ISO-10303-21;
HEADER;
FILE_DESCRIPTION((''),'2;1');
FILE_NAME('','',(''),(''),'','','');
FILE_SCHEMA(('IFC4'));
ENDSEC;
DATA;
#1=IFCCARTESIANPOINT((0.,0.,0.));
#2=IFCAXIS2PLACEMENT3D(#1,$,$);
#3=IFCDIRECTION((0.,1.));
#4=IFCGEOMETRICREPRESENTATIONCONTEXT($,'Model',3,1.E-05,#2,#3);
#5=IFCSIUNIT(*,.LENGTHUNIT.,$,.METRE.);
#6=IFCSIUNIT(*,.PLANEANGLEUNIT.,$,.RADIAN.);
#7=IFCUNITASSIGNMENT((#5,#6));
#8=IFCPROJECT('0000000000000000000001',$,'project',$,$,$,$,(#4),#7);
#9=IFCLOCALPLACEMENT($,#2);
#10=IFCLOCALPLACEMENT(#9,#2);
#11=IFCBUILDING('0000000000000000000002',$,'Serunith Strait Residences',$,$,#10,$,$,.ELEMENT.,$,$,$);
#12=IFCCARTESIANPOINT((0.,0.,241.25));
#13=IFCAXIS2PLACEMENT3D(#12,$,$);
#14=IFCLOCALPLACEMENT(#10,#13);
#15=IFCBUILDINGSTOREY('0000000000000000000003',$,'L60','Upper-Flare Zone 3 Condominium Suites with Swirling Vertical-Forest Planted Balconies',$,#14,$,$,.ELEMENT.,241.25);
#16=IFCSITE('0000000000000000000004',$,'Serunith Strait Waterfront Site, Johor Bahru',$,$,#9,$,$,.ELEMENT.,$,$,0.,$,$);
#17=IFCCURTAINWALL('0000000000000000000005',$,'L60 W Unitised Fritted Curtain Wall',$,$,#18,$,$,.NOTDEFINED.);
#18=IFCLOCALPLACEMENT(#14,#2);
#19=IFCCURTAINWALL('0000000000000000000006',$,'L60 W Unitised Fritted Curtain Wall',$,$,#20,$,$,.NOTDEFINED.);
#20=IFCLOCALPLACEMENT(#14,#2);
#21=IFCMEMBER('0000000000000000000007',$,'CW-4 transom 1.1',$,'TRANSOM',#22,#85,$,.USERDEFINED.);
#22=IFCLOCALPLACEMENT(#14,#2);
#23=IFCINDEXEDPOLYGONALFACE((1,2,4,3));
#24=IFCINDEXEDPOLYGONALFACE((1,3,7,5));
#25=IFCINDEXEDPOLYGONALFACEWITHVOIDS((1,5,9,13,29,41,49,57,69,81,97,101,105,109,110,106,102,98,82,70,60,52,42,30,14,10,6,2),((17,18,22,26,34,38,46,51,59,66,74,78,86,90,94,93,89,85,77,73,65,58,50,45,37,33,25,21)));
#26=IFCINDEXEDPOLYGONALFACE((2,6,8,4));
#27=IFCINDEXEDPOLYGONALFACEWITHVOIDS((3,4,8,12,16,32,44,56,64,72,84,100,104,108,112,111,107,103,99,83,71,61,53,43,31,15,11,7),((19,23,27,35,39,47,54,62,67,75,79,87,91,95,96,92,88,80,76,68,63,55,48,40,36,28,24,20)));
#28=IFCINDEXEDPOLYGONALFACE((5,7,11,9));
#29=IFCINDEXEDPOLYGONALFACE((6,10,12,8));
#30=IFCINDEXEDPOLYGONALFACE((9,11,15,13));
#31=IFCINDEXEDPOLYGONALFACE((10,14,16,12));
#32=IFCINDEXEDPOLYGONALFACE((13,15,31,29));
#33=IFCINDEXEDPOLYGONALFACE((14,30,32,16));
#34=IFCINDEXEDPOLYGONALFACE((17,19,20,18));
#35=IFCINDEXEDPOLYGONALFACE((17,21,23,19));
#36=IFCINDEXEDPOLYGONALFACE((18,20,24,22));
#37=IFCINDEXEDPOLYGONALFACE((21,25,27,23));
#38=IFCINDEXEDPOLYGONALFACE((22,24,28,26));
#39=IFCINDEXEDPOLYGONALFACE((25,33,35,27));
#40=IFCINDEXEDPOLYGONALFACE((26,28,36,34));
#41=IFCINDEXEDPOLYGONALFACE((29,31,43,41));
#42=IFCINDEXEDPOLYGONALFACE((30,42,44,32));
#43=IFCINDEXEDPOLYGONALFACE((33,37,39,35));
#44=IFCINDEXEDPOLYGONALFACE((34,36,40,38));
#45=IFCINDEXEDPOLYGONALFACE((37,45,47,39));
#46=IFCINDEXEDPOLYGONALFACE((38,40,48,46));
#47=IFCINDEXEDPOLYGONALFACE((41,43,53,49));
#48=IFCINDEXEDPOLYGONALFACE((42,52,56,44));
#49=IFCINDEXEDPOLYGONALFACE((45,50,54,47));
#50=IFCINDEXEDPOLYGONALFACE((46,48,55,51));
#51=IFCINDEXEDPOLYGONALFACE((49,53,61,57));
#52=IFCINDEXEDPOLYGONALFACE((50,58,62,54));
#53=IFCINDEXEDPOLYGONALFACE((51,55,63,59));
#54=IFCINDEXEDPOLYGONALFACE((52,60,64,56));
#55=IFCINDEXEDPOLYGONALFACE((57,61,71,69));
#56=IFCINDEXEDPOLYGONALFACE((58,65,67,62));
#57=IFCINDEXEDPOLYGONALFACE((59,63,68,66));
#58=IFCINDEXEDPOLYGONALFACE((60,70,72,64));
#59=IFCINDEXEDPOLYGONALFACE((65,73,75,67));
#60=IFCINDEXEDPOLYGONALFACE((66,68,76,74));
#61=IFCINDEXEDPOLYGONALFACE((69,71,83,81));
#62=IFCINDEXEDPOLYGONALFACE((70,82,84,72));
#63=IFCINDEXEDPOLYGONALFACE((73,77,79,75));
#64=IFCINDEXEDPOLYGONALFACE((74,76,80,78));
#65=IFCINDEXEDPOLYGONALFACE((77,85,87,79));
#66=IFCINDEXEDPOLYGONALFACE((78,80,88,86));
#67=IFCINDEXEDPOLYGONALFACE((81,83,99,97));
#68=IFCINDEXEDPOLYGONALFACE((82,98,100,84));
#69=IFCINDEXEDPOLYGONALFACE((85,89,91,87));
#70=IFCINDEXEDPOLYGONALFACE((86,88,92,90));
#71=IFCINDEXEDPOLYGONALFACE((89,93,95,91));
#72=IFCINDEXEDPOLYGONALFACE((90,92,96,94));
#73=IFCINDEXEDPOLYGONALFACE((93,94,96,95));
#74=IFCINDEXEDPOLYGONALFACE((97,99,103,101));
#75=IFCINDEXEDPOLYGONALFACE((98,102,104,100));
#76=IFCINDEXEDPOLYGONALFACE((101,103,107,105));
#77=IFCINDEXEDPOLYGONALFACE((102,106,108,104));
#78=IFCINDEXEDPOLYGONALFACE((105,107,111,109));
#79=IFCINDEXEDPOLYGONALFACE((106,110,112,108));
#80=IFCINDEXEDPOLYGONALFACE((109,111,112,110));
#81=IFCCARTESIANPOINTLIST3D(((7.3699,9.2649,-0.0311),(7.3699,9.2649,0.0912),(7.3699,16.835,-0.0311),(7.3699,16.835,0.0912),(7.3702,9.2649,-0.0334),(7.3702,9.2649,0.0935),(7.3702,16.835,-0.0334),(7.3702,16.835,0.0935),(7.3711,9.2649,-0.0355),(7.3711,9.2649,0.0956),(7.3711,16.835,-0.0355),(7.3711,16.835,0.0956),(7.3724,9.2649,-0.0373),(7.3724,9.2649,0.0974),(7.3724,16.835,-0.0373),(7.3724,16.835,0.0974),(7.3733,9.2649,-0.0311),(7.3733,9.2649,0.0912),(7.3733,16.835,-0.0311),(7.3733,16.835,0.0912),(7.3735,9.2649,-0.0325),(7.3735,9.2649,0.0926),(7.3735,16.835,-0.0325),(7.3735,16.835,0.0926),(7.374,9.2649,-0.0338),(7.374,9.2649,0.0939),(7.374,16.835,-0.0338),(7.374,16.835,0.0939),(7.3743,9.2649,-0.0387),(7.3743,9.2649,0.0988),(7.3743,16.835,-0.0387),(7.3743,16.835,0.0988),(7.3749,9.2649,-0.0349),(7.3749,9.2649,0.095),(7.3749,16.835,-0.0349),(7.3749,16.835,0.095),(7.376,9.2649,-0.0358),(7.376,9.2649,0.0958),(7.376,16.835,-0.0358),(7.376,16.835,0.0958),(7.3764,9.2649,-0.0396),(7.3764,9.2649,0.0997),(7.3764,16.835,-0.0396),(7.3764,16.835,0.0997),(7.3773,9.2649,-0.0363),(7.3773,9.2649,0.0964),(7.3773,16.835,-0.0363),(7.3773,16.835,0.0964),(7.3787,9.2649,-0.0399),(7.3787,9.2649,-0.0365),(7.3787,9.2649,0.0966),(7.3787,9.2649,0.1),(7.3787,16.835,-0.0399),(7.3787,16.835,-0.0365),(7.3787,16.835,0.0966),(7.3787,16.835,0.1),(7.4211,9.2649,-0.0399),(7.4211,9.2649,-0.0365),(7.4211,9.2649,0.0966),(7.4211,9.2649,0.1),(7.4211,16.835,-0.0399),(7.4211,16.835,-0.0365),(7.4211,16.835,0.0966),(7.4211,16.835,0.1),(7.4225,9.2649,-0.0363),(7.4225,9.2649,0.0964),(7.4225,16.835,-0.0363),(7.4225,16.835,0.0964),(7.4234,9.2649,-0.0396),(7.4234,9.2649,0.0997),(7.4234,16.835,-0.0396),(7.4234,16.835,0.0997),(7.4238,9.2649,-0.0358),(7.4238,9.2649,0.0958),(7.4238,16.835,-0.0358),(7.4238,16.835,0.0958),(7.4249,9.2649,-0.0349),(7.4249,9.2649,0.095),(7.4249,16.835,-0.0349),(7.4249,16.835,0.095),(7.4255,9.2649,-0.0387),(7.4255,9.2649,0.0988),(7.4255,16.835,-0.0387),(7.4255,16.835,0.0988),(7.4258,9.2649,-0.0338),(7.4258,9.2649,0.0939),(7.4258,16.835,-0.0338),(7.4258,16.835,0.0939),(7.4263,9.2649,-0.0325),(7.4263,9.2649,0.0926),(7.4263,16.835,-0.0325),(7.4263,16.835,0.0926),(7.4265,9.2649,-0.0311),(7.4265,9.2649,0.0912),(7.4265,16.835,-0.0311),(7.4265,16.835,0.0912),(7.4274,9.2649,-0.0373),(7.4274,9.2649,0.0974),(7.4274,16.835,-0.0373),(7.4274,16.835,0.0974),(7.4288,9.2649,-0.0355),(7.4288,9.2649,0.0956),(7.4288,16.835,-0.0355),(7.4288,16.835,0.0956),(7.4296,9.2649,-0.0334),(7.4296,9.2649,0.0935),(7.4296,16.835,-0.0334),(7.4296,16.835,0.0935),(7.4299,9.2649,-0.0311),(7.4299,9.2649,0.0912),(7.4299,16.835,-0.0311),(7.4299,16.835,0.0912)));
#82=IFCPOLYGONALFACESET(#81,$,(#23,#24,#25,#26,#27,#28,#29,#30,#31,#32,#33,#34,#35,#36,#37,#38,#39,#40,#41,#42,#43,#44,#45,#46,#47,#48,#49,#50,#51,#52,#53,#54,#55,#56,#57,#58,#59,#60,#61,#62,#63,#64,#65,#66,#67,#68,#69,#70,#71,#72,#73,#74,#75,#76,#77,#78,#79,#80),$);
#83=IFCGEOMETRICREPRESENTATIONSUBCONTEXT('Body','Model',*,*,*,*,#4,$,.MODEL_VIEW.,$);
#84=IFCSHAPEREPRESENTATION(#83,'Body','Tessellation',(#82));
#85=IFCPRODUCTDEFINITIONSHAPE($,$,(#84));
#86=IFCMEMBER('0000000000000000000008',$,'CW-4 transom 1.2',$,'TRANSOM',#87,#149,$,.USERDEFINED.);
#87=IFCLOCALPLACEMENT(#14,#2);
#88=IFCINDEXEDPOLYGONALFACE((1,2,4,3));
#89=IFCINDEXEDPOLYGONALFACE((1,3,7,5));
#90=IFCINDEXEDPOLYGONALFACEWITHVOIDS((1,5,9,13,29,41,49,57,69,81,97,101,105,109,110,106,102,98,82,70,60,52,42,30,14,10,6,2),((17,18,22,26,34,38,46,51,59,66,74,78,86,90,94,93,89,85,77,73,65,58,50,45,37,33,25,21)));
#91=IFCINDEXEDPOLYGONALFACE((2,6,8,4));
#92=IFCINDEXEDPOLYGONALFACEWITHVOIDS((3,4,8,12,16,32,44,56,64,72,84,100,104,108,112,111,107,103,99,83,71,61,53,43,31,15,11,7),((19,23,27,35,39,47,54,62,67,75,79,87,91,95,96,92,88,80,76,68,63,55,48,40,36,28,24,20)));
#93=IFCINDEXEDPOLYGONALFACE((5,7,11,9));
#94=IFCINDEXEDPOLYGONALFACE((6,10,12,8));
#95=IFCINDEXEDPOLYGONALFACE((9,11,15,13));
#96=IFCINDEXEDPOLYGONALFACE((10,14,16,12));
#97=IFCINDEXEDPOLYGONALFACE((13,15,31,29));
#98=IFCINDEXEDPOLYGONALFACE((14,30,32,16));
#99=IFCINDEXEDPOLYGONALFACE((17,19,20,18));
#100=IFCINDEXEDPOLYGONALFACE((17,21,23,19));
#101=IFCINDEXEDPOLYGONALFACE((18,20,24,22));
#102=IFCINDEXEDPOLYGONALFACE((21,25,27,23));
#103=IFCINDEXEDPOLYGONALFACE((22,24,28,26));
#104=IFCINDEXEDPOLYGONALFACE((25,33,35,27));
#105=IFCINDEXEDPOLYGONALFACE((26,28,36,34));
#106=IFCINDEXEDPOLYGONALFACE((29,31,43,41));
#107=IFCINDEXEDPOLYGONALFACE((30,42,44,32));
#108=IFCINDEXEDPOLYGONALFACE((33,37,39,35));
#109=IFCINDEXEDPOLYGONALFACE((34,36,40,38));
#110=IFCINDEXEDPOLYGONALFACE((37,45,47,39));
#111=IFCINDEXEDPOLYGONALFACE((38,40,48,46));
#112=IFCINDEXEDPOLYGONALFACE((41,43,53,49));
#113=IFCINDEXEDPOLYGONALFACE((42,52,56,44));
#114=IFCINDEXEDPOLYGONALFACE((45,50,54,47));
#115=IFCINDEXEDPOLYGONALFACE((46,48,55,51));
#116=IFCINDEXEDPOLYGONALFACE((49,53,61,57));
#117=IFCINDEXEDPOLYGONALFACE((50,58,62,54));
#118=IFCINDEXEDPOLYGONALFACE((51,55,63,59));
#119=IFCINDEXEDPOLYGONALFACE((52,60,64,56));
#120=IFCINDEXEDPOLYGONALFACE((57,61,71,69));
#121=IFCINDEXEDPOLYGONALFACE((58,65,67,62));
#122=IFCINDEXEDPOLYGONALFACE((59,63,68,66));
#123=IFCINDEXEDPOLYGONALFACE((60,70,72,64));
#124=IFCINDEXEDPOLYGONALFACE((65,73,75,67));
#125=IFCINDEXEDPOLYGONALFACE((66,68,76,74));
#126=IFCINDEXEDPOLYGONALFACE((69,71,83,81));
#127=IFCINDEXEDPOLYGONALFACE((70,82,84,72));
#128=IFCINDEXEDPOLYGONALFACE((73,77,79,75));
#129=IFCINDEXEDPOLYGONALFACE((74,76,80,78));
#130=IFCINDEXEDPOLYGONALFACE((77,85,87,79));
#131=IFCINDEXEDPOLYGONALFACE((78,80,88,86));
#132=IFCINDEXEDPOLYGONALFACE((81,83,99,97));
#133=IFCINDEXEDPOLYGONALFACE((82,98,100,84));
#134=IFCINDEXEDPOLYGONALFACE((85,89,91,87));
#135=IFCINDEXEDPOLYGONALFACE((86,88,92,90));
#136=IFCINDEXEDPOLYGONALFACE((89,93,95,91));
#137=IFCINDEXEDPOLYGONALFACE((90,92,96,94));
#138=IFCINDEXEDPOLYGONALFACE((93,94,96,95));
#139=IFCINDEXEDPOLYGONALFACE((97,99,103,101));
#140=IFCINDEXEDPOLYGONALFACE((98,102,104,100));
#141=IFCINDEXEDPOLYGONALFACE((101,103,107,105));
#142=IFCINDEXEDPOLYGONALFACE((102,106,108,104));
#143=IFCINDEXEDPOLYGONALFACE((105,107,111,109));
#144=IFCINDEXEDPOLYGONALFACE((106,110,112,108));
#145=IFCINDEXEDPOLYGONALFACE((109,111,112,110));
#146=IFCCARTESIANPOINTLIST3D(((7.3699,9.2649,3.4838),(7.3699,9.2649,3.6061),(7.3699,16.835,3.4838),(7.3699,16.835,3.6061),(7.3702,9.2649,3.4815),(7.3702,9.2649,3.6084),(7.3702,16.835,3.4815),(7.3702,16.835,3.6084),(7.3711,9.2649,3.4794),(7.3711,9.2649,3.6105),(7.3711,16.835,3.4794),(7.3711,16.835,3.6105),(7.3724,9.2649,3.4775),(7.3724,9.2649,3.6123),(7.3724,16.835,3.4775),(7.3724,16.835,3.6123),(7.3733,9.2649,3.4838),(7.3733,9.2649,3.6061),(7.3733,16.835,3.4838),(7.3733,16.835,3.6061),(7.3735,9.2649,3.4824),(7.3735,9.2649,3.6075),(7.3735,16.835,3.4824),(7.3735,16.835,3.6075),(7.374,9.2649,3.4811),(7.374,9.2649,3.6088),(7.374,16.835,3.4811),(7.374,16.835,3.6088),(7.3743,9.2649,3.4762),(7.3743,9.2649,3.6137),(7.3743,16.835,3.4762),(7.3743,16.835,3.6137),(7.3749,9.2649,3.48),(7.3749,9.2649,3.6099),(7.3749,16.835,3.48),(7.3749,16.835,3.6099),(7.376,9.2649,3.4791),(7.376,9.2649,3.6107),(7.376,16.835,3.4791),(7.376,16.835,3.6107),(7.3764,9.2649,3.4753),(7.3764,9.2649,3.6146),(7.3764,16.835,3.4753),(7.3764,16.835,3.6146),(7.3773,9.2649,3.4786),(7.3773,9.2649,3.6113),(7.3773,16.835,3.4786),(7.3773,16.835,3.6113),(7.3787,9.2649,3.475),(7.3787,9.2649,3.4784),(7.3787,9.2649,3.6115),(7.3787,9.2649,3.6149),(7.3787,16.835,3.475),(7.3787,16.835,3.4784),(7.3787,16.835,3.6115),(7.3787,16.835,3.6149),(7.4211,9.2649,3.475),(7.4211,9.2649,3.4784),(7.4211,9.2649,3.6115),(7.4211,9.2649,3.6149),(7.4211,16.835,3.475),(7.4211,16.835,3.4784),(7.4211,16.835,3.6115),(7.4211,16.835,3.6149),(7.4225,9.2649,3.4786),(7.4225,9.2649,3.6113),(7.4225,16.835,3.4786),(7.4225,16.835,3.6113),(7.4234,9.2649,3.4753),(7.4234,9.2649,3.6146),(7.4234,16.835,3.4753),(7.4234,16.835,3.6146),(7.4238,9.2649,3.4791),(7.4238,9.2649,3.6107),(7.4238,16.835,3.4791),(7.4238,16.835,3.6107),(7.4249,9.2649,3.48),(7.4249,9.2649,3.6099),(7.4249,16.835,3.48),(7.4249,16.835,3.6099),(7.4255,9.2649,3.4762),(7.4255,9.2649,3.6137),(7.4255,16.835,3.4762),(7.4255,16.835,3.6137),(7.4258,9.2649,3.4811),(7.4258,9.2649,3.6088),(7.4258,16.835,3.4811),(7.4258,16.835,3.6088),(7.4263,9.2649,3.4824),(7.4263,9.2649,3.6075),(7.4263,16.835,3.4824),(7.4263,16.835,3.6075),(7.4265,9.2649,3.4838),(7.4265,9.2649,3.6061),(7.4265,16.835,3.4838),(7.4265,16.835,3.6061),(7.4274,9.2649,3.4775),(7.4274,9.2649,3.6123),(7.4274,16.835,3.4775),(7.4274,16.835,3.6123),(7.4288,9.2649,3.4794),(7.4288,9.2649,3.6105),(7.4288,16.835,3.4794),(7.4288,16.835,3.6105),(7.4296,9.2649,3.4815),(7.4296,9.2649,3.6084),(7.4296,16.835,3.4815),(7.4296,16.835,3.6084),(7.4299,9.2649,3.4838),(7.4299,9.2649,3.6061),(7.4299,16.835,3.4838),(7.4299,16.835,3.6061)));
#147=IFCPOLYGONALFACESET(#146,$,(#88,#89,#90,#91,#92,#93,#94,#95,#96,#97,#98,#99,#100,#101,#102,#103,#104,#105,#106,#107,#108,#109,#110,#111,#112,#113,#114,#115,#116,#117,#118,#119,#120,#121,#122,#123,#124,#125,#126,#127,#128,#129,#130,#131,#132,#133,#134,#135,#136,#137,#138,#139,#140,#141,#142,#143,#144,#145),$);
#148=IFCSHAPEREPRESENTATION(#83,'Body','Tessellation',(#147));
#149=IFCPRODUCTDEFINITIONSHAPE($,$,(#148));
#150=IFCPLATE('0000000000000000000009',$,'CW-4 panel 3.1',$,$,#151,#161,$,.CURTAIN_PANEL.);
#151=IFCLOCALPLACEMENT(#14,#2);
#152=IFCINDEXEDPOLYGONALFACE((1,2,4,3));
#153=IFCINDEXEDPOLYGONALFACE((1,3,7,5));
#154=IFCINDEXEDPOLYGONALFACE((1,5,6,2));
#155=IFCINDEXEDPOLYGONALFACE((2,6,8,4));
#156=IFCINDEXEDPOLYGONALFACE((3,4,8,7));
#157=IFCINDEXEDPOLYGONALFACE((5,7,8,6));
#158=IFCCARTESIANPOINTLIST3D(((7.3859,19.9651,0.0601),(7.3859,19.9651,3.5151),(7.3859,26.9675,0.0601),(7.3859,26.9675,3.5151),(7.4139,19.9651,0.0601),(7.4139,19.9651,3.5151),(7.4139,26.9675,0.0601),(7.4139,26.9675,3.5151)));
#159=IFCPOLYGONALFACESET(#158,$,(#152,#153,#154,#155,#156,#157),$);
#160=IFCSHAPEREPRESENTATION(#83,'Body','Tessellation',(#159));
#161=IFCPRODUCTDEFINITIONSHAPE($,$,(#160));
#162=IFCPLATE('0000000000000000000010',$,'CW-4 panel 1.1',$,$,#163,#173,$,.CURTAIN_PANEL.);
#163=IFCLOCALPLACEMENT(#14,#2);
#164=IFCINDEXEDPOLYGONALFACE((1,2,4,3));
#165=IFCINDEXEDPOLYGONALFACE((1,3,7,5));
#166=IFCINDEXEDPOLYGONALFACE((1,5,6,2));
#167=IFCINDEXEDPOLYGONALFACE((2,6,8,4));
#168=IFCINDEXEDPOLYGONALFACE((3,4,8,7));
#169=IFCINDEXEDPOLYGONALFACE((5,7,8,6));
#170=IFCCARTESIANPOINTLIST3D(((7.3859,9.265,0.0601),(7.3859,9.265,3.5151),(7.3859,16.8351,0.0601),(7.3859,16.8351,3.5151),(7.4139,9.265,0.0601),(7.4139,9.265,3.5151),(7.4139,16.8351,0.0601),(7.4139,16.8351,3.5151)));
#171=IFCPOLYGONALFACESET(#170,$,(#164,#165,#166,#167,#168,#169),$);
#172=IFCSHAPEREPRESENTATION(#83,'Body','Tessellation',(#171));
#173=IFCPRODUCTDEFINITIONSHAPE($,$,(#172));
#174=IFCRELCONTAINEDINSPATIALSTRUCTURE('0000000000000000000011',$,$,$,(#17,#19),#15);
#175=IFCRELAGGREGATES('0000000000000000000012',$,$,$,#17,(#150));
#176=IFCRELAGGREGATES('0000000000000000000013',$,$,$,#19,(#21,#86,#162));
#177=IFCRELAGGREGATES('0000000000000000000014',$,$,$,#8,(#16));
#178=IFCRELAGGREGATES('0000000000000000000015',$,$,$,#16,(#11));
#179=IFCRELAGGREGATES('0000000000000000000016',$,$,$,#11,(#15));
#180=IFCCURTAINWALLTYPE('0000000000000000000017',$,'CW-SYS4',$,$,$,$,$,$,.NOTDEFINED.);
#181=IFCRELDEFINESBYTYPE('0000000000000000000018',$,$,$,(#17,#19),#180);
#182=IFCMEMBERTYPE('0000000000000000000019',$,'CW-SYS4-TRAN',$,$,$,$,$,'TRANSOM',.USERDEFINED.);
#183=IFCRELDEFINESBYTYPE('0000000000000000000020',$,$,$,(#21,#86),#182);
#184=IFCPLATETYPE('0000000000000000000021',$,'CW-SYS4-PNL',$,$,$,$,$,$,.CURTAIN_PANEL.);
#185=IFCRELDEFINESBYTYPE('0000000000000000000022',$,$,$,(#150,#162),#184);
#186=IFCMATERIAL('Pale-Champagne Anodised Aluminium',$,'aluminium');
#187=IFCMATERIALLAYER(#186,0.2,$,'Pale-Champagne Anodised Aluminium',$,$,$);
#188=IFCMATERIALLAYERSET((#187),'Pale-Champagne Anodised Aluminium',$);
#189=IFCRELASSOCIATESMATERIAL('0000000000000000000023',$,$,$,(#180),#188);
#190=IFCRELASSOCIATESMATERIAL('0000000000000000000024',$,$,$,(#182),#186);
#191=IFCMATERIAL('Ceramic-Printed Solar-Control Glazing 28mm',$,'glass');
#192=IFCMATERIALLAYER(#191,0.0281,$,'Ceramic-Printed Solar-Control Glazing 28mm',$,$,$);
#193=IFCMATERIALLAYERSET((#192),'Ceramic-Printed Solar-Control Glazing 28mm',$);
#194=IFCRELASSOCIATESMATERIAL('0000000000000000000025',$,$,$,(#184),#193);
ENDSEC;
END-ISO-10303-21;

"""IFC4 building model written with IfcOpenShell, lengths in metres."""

from ifc_helpers import new_model, si_unit, direction, frame, origin, origin_2d, place, context, subcontext, project, spatial, rectangle, hollow_rectangle, extrude, source, transform, mapped, material, layer, layer_set, material_profile, profile_set, type_object, element, aggregate, save


model = new_model("IFC4")

# Units and contexts
model_context = context("Model", 3, precision=1e-05, world=origin(), true_north=direction((0.0, 1.0)))
body_context = subcontext(model_context, "Body", "Model", "MODEL_VIEW")
ifc_project = project(units=[si_unit("LENGTHUNIT", "METRE"), si_unit("PLANEANGLEUNIT", "RADIAN")], contexts=[model_context])

# Site, building, storey
site_placement = place(None, origin())
site = spatial("IfcSite", under=ifc_project, at=site_placement, Name="Serunith Strait Waterfront Site, Johor Bahru", CompositionType="ELEMENT", RefElevation=0.0)
building_placement = place(site_placement, origin())
building = spatial("IfcBuilding", under=site, at=building_placement, Name="Serunith Strait Residences", CompositionType="ELEMENT")
storey_placement = place(building_placement, frame((0.0, 0.0, 241.25)))
storey = spatial("IfcBuildingStorey", under=building, at=storey_placement, Name="L60", Description="Upper-Flare Zone 3 Condominium Suites with Swirling Vertical-Forest Planted Balconies", CompositionType="ELEMENT", Elevation=241.25)

# Curtain wall
ifc_material_1 = material(Name="Pale-Champagne Anodised Aluminium", Category="aluminium")
ifc_layer_1 = layer(ifc_material_1, 0.2, Name="Pale-Champagne Anodised Aluminium")
ifc_layer_set_1 = layer_set([ifc_layer_1], Name="Pale-Champagne Anodised Aluminium")
curtain_wall_type = type_object("IfcCurtainWallType", Name="CW-SYS4", PredefinedType="NOTDEFINED", material=ifc_layer_set_1)
curtain_wall_1_placement = place(storey_placement, origin())
curtain_wall_1 = element("IfcCurtainWall", 1, at=curtain_wall_1_placement, inside=storey, type_object=curtain_wall_type, Name="L60 W Unitised Fritted Curtain Wall", PredefinedType="NOTDEFINED")

# Curtain wall, members
curtain_wall_2_placement = place(storey_placement, origin())
curtain_wall_2 = element("IfcCurtainWall", 2, at=curtain_wall_2_placement, inside=storey, type_object=curtain_wall_type, Name="L60 W Unitised Fritted Curtain Wall", PredefinedType="NOTDEFINED")
ifc_material_profile_1 = material_profile(ifc_material_1, hollow_rectangle(XDim=0.0601, YDim=0.1399, WallThickness=0.0034, InnerFilletRadius=0.0054, OuterFilletRadius=0.0088, at=origin_2d()), Name="ALU 140x60x3.5")
ifc_profile_set_1 = profile_set([ifc_material_profile_1], Name="Pale-Champagne Anodised Aluminium")
member_type_1 = type_object("IfcMemberType", Name="CW-SYS4-TRAN", ElementType="TRANSOM", PredefinedType="USERDEFINED", material=ifc_profile_set_1)
shared_shape_1 = source(origin(), body_context, "Body", "SweptSolid", [
    extrude(hollow_rectangle(XDim=0.0601, YDim=0.1399, WallThickness=0.0034, InnerFilletRadius=0.0054, OuterFilletRadius=0.0088, at=origin_2d()), origin(), (0.0, 0.0, 1.0), 7.5701),
])
member_1_placement = place(storey_placement, frame((7.3999, 16.835, 0.03), z_axis=(0.0, -1.0, 0.0), x_axis=(1.0, 0.0, 0.0)))
member_1 = element("IfcMember", 3, at=member_1_placement, type_object=member_type_1, Name="CW-4 transom 1.1", ObjectType="TRANSOM", PredefinedType="USERDEFINED", context=body_context, shape_type="MappedRepresentation", body=[
    mapped(shared_shape_1, transform((0.0, 0.0, 0.0), scale=1.0)),
])
member_2_placement = place(storey_placement, frame((7.3999, 16.835, 3.5449), z_axis=(0.0, -1.0, 0.0), x_axis=(1.0, 0.0, 0.0)))
member_2 = element("IfcMember", 4, at=member_2_placement, type_object=member_type_1, Name="CW-4 transom 1.2", ObjectType="TRANSOM", PredefinedType="USERDEFINED", context=body_context, shape_type="MappedRepresentation", body=[
    mapped(shared_shape_1, transform((0.0, 0.0, 0.0), scale=1.0)),
])

# Plates
ifc_material_2 = material(Name="Ceramic-Printed Solar-Control Glazing 28mm", Category="glass")
ifc_layer_2 = layer(ifc_material_2, 0.0281, Name="Ceramic-Printed Solar-Control Glazing 28mm")
ifc_layer_set_2 = layer_set([ifc_layer_2], Name="Ceramic-Printed Solar-Control Glazing 28mm")
plate_type = type_object("IfcPlateType", Name="CW-SYS4-PNL", PredefinedType="CURTAIN_PANEL", material=ifc_layer_set_2)
shared_shape_2 = source(origin(), body_context, "Body", "SweptSolid", [
    extrude(rectangle(XDim=7.0024, YDim=0.0281, at=origin_2d()), origin(), (0.0, 0.0, 1.0), 3.4551),
])
plate_1_placement = place(storey_placement, frame((7.3999, 23.4663, 0.0601), z_axis=(0.0, 0.0, 1.0), x_axis=(0.0, -1.0, 0.0)))
plate_1 = element("IfcPlate", 5, at=plate_1_placement, type_object=plate_type, Name="CW-4 panel 3.1", PredefinedType="CURTAIN_PANEL", context=body_context, shape_type="MappedRepresentation", body=[
    mapped(shared_shape_2, transform((0.0, 0.0, 0.0), scale=1.0)),
])
aggregate(curtain_wall_1, [plate_1])
shared_shape_3 = source(origin(), body_context, "Body", "SweptSolid", [
    extrude(rectangle(XDim=7.5701, YDim=0.0281, at=origin_2d()), origin(), (0.0, 0.0, 1.0), 3.4551),
])
plate_2_placement = place(storey_placement, frame((7.3999, 13.05, 0.0601), z_axis=(0.0, 0.0, 1.0), x_axis=(0.0, -1.0, 0.0)))
plate_2 = element("IfcPlate", 6, at=plate_2_placement, type_object=plate_type, Name="CW-4 panel 1.1", PredefinedType="CURTAIN_PANEL", context=body_context, shape_type="MappedRepresentation", body=[
    mapped(shared_shape_3, transform((0.0, 0.0, 0.0), scale=1.0)),
])
aggregate(curtain_wall_2, [member_1, member_2, plate_2])

save(model, "model.ifc")
